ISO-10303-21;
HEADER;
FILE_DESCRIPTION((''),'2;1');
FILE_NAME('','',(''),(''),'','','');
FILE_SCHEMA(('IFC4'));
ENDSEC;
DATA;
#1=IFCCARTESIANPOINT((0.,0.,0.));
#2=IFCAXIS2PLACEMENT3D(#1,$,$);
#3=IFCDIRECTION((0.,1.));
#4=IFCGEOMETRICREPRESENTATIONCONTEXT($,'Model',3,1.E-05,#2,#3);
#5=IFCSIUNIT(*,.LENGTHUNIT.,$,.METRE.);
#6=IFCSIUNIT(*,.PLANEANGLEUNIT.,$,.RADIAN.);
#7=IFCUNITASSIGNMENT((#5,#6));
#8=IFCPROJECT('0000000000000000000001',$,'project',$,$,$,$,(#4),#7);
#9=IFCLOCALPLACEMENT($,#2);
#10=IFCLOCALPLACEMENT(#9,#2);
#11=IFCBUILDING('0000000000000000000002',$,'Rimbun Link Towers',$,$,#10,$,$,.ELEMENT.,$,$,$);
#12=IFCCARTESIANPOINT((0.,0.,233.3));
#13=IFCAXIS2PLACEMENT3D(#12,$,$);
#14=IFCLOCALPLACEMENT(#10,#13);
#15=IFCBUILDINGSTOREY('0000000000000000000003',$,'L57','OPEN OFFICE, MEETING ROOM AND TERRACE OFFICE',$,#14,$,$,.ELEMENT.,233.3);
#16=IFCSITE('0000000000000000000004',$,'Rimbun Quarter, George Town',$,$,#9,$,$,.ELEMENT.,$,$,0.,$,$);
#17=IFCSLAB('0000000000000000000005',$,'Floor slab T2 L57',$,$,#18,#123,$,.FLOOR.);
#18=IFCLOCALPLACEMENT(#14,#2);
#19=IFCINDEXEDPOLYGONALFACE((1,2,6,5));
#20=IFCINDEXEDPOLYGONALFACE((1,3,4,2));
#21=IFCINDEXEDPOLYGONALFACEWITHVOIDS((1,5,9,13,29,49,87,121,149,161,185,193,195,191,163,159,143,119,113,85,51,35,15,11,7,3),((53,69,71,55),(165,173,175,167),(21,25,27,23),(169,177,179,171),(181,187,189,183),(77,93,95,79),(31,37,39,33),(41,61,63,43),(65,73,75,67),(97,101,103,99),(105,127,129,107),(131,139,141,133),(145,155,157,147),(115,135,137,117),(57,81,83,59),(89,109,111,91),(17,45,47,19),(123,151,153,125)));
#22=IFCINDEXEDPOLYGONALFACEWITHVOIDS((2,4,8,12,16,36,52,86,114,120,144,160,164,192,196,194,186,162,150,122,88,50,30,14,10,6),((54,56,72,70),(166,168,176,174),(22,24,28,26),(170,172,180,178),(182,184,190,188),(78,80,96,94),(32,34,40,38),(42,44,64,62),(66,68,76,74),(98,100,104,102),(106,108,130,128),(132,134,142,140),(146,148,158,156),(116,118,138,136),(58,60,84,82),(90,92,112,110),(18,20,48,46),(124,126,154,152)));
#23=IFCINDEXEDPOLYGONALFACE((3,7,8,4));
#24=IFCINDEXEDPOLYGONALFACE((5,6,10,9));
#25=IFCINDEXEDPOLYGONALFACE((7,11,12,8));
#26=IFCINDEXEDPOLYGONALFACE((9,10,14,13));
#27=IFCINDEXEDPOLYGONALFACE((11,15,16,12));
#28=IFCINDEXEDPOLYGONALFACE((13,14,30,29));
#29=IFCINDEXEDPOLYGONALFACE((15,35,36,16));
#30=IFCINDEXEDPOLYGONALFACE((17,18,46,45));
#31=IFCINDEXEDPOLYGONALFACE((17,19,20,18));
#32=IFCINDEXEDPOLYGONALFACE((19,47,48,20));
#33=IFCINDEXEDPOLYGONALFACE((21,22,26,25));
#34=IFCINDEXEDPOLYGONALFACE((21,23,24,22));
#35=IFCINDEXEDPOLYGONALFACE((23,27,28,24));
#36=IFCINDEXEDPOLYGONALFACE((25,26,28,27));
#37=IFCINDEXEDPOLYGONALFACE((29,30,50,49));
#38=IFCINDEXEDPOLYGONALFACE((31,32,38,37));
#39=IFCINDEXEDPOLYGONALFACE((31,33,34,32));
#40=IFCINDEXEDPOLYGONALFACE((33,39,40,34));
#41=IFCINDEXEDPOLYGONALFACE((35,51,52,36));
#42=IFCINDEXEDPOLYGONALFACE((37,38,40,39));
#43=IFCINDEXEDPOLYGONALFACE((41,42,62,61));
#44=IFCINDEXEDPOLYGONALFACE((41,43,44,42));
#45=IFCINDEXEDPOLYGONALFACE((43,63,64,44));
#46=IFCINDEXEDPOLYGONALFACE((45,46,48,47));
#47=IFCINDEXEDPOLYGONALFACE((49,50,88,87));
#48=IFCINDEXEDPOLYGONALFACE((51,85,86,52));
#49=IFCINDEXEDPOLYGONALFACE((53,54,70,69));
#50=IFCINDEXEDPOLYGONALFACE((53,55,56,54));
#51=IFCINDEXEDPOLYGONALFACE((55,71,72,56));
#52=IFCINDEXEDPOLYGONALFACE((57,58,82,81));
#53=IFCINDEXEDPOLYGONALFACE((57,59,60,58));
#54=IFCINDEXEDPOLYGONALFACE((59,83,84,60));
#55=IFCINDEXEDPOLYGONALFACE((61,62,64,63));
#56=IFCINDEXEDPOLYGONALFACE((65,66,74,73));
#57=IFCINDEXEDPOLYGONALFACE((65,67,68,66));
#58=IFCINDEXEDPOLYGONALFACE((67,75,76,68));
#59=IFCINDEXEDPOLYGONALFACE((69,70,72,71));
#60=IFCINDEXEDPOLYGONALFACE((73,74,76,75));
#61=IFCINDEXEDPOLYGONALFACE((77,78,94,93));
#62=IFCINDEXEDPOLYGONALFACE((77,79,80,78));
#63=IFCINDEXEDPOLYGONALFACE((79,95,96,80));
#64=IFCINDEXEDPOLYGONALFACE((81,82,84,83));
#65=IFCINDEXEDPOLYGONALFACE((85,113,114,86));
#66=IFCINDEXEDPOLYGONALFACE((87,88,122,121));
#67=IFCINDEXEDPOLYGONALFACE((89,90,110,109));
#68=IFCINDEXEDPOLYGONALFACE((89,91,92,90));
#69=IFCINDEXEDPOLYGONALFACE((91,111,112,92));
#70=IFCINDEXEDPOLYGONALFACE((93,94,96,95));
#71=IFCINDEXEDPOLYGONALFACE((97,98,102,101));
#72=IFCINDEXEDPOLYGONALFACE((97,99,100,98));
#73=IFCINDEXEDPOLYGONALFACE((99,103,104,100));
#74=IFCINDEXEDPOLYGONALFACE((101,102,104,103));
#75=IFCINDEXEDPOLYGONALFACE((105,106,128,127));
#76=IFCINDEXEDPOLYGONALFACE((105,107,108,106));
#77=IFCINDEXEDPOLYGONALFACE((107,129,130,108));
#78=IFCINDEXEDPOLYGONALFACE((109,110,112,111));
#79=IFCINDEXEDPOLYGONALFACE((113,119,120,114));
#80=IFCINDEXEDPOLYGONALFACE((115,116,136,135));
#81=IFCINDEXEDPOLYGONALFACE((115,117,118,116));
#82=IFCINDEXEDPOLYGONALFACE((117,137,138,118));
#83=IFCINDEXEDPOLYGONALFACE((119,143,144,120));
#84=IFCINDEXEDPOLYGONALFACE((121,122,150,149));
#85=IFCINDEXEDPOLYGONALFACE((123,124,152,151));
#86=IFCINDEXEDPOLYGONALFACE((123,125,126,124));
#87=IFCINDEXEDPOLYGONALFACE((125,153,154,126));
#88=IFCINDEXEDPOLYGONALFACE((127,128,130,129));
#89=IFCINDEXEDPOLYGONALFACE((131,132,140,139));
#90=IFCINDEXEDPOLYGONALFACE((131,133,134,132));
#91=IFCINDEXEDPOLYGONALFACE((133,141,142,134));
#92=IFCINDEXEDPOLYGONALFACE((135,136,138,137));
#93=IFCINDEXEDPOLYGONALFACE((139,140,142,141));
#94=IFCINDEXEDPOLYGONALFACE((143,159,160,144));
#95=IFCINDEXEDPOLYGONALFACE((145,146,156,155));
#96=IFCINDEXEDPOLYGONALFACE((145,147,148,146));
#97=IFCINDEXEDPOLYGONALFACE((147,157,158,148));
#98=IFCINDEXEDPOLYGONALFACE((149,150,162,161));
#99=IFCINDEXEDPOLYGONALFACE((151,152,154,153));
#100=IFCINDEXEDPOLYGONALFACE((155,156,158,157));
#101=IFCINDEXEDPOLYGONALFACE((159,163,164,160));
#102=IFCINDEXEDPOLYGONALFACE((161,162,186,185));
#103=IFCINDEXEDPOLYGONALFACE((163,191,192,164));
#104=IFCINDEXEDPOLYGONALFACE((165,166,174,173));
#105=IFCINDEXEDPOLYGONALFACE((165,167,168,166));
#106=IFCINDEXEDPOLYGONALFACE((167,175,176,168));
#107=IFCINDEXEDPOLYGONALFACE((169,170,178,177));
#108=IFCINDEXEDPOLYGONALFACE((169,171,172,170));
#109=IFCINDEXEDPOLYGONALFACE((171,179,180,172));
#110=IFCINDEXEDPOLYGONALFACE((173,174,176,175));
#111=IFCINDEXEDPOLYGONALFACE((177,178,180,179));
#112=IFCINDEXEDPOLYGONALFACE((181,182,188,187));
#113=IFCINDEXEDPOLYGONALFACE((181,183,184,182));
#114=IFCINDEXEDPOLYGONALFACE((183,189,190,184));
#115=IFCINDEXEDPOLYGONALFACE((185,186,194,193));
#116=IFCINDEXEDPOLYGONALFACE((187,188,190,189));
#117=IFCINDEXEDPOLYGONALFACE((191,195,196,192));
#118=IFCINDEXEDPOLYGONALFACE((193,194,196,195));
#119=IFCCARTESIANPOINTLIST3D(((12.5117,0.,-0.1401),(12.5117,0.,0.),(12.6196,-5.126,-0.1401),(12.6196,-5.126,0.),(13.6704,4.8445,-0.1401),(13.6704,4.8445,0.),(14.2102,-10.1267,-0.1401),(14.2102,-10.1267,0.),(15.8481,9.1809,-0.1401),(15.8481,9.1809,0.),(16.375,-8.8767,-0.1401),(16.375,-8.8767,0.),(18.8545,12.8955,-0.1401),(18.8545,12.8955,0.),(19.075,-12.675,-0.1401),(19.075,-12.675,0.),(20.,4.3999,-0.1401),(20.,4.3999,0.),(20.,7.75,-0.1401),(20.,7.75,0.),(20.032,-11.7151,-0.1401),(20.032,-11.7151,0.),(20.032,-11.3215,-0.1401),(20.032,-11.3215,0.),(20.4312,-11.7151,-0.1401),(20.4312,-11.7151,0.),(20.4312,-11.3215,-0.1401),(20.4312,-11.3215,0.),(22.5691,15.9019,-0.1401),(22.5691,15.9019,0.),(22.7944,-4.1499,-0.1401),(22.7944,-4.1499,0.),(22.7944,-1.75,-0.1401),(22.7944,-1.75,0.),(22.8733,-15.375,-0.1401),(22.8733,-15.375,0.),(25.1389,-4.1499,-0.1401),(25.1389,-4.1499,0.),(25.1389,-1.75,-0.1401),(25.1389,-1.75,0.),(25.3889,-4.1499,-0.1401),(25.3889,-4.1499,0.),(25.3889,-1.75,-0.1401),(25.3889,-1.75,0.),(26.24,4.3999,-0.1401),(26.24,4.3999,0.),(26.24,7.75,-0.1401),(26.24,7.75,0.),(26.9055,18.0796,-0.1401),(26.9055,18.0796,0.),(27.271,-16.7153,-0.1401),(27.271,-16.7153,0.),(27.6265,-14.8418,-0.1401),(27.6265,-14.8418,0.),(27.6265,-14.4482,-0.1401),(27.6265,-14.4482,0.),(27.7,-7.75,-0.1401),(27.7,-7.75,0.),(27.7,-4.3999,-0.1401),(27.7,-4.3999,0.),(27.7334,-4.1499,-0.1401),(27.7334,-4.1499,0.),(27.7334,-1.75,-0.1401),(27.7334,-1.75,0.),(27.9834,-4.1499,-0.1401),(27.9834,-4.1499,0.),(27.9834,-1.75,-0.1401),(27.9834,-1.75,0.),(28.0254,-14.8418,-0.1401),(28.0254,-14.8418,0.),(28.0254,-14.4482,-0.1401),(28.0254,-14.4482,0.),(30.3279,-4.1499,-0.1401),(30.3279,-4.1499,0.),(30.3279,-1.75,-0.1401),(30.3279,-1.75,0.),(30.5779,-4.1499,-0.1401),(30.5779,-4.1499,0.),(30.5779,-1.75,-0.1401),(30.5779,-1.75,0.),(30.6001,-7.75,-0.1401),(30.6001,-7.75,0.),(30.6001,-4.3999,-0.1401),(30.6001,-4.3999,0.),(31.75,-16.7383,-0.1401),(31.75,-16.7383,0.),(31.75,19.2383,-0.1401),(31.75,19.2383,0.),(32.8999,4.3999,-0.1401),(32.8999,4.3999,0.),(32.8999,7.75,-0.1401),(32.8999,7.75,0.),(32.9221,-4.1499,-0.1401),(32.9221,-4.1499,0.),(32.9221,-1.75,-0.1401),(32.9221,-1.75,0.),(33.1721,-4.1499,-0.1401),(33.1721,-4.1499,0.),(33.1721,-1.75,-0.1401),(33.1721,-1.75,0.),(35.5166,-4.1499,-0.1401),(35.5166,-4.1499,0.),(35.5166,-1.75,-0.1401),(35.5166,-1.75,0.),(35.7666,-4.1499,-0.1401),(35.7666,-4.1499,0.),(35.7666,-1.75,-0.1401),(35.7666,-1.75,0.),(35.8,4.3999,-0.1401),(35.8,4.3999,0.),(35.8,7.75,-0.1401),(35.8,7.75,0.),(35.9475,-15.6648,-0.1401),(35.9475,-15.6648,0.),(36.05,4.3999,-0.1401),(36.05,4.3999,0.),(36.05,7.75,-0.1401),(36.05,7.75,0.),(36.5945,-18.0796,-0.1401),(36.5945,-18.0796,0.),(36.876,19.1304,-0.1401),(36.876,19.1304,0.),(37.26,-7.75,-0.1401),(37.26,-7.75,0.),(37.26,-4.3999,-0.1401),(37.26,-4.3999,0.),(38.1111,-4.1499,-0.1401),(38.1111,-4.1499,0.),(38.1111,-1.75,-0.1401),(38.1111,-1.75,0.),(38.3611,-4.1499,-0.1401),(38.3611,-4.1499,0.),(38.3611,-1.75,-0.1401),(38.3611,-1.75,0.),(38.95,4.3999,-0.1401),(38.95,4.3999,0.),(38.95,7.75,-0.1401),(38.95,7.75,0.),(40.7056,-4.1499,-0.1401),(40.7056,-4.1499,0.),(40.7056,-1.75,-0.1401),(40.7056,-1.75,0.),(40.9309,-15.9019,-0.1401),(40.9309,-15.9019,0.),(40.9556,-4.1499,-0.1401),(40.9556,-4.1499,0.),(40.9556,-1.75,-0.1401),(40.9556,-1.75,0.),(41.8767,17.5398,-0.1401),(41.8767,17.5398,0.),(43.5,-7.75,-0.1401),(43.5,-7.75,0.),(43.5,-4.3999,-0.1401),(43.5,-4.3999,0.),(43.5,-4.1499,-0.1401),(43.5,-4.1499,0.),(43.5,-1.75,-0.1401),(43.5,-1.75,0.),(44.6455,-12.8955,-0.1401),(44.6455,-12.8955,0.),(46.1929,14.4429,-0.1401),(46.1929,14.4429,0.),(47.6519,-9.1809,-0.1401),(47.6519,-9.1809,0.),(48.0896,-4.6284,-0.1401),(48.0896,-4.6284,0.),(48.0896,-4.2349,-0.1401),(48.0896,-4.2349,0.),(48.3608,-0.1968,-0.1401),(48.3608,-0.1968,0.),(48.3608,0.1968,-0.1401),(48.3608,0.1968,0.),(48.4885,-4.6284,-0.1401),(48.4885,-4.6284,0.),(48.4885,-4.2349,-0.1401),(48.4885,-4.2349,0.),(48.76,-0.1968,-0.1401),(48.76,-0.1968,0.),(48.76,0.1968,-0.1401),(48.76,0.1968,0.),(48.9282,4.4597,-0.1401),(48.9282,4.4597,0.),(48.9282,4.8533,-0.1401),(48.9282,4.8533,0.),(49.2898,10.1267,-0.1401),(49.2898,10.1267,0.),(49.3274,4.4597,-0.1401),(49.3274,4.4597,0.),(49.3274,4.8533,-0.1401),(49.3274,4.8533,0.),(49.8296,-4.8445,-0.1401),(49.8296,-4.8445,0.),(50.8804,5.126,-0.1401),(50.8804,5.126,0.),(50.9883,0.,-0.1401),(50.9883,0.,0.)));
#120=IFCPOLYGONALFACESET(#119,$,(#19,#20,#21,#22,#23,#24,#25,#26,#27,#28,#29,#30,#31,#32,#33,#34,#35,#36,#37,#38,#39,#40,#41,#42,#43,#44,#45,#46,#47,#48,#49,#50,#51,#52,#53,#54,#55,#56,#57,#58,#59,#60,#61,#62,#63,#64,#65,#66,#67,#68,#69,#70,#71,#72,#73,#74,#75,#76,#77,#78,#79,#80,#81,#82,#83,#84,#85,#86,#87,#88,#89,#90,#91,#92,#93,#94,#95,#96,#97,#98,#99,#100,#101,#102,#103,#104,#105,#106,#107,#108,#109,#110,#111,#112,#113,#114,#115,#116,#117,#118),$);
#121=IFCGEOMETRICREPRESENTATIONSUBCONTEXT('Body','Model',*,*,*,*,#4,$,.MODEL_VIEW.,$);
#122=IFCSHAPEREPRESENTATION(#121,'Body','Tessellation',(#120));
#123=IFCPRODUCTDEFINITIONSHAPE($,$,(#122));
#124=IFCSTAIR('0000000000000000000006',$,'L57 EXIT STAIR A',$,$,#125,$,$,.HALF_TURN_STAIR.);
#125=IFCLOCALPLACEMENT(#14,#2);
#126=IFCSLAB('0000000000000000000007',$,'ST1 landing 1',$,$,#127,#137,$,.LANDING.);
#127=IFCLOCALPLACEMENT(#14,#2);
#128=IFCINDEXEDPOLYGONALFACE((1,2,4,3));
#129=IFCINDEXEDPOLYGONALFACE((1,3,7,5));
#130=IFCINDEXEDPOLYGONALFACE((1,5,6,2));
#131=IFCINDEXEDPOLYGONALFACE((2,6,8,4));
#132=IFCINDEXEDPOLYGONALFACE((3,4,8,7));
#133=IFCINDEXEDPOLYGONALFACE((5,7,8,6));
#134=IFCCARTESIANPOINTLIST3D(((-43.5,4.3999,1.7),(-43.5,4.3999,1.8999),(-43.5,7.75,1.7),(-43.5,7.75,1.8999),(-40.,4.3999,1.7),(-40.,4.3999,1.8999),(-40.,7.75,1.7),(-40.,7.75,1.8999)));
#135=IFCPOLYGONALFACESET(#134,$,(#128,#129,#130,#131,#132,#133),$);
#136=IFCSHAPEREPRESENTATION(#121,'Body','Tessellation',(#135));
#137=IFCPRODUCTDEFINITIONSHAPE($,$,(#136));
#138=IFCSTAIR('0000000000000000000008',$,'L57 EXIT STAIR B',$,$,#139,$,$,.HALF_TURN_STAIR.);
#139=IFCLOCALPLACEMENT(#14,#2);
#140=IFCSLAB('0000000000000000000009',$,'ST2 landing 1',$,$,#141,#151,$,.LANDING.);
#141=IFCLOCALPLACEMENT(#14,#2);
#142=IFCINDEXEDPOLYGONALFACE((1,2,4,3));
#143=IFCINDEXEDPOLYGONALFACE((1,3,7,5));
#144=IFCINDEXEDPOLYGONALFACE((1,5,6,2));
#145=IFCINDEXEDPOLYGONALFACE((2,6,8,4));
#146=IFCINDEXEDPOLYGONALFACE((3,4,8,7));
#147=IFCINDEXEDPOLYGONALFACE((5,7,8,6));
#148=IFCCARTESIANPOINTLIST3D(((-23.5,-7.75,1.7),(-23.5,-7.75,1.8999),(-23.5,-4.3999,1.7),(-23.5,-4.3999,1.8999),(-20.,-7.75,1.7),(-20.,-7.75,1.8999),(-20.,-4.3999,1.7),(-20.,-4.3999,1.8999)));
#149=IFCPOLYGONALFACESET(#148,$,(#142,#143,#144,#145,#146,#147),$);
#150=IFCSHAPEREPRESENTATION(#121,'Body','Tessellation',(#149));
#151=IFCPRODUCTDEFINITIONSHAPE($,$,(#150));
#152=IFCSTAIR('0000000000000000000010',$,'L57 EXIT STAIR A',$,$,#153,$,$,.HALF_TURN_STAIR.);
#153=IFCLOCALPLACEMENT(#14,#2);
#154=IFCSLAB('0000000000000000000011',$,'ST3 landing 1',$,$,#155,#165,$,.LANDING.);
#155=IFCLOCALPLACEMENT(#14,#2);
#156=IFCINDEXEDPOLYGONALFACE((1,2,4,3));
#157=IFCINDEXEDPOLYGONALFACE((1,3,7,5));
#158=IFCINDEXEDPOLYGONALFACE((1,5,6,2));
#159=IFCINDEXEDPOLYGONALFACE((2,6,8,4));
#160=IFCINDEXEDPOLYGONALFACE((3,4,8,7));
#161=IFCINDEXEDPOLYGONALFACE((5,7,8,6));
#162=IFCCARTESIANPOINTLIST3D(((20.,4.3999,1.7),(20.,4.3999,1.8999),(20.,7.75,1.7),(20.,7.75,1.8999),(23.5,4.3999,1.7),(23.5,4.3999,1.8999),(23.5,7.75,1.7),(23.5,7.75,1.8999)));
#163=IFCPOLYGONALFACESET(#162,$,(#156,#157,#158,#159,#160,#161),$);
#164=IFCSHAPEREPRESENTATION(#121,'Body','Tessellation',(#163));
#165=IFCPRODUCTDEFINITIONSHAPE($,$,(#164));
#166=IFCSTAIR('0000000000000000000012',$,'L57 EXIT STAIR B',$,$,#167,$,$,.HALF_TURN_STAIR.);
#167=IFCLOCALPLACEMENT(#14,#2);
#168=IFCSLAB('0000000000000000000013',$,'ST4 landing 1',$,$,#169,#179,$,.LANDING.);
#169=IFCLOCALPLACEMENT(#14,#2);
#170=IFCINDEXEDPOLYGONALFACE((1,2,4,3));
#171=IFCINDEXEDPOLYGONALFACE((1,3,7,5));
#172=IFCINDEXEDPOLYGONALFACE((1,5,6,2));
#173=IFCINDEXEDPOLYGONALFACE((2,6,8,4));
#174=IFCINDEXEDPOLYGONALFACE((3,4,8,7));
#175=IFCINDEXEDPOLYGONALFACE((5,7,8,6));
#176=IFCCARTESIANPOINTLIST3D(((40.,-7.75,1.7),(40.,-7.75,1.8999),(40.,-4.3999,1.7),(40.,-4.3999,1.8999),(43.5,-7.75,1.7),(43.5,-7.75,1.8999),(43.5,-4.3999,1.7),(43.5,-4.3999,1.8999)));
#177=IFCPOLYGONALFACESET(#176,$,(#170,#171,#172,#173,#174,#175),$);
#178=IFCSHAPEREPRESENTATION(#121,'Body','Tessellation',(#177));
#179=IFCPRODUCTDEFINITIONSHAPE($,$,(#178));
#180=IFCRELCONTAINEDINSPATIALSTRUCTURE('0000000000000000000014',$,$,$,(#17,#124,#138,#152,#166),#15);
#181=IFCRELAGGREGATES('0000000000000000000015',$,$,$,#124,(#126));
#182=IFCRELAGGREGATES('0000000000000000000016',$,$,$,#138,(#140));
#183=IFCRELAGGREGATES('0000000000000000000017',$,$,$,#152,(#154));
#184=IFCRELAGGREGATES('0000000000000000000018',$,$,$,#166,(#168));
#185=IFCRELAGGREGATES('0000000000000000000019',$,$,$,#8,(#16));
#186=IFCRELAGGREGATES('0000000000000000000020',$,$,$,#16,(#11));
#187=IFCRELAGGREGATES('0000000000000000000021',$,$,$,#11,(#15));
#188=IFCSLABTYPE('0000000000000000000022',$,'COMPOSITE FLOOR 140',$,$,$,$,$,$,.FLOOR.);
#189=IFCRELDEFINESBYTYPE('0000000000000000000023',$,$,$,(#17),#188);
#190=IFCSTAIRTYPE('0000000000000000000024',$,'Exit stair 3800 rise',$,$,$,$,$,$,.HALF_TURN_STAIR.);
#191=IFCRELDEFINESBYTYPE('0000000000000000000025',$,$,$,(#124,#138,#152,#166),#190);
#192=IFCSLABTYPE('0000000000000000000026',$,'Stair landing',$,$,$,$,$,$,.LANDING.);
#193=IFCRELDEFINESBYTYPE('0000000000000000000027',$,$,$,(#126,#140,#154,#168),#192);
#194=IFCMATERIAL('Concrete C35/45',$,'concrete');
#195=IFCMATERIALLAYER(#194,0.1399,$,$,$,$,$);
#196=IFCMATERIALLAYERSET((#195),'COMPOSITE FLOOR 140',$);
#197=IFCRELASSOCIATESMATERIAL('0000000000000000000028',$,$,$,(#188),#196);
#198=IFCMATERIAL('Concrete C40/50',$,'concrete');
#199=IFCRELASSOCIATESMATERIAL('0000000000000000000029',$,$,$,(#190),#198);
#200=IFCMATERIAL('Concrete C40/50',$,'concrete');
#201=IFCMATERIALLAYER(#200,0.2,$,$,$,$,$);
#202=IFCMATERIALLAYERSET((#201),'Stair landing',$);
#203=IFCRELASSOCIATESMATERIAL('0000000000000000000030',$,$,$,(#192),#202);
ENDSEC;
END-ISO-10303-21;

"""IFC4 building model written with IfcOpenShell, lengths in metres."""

from ifc_helpers import new_model, si_unit, direction, frame, origin, place, context, subcontext, project, spatial, polyline, outline, extrude, material, layer, layer_set, type_object, element, aggregate, save


model = new_model("IFC4")

# Units and contexts
model_context = context("Model", 3, precision=1e-05, world=origin(), true_north=direction((0.0, 1.0)))
body_context = subcontext(model_context, "Body", "Model", "MODEL_VIEW")
ifc_project = project(units=[si_unit("LENGTHUNIT", "METRE"), si_unit("PLANEANGLEUNIT", "RADIAN")], contexts=[model_context])

# Site, building, storey
site_placement = place(None, origin())
site = spatial("IfcSite", under=ifc_project, at=site_placement, Name="Rimbun Quarter, George Town", CompositionType="ELEMENT", RefElevation=0.0)
building_placement = place(site_placement, origin())
building = spatial("IfcBuilding", under=site, at=building_placement, Name="Rimbun Link Towers", CompositionType="ELEMENT")
storey_placement = place(building_placement, frame((0.0, 0.0, 233.3)))
storey = spatial("IfcBuildingStorey", under=building, at=storey_placement, Name="L57", Description="OPEN OFFICE, MEETING ROOM AND TERRACE OFFICE", CompositionType="ELEMENT", Elevation=233.3)

# Slab
ifc_material_1 = material(Name="Concrete C35/45", Category="concrete")
ifc_layer_1 = layer(ifc_material_1, 0.1399)
ifc_layer_set_1 = layer_set([ifc_layer_1], Name="COMPOSITE FLOOR 140")
slab_type_1 = type_object("IfcSlabType", Name="COMPOSITE FLOOR 140", PredefinedType="FLOOR", material=ifc_layer_set_1)
slab_1_placement = place(storey_placement, frame((0.0, 0.0, -0.1401)))
element("IfcSlab", 1, at=slab_1_placement, inside=storey, type_object=slab_type_1, Name="Floor slab T2 L57", PredefinedType="FLOOR", context=body_context, shape_type="SweptSolid", body=[
    extrude(outline(polyline([(12.6196, -5.126), (12.5117, 0.0), (13.6704, 4.8445), (15.8481, 9.1809), (18.8545, 12.8955), (22.5691, 15.9019), (26.9055, 18.0796), (31.75, 19.2383), (36.876, 19.1304), (41.8767, 17.5398), (46.1929, 14.4429), (49.2898, 10.1267), (50.8804, 5.126), (50.9883, 0.0), (49.8296, -4.8445), (47.6519, -9.1809), (44.6455, -12.8955), (40.9309, -15.9019), (36.5945, -18.0796), (35.9475, -15.6648), (31.75, -16.7383), (27.271, -16.7153), (22.8733, -15.375), (19.075, -12.675), (16.375, -8.8767), (14.2102, -10.1267), (12.6196, -5.126)]), holes=[polyline([(28.0254, -14.8418), (28.0254, -14.4482), (27.6265, -14.4482), (27.6265, -14.8418), (28.0254, -14.8418)]), polyline([(20.4312, -11.7151), (20.4312, -11.3215), (20.032, -11.3215), (20.032, -11.7151), (20.4312, -11.7151)]), polyline([(30.6001, -7.75), (30.6001, -4.3999), (27.7, -4.3999), (27.7, -7.75), (30.6001, -7.75)]), polyline([(25.1389, -4.1499), (25.1389, -1.75), (22.7944, -1.75), (22.7944, -4.1499), (25.1389, -4.1499)]), polyline([(27.7334, -4.1499), (27.7334, -1.75), (25.3889, -1.75), (25.3889, -4.1499), (27.7334, -4.1499)]), polyline([(30.3279, -4.1499), (30.3279, -1.75), (27.9834, -1.75), (27.9834, -4.1499), (30.3279, -4.1499)]), polyline([(32.9221, -4.1499), (32.9221, -1.75), (30.5779, -1.75), (30.5779, -4.1499), (32.9221, -4.1499)]), polyline([(33.1721, -4.1499), (35.5166, -4.1499), (35.5166, -1.75), (33.1721, -1.75), (33.1721, -4.1499)]), polyline([(20.0, 4.3999), (26.24, 4.3999), (26.24, 7.75), (20.0, 7.75), (20.0, 4.3999)]), polyline([(43.5, -7.75), (43.5, -4.3999), (37.26, -4.3999), (37.26, -7.75), (43.5, -7.75)]), polyline([(48.4885, -4.6284), (48.4885, -4.2349), (48.0896, -4.2349), (48.0896, -4.6284), (48.4885, -4.6284)]), polyline([(38.1111, -4.1499), (38.1111, -1.75), (35.7666, -1.75), (35.7666, -4.1499), (38.1111, -4.1499)]), polyline([(40.7056, -4.1499), (40.7056, -1.75), (38.3611, -1.75), (38.3611, -4.1499), (40.7056, -4.1499)]), polyline([(43.5, -4.1499), (43.5, -1.75), (40.9556, -1.75), (40.9556, -4.1499), (43.5, -4.1499)]), polyline([(48.76, -0.1968), (48.76, 0.1968), (48.3608, 0.1968), (48.3608, -0.1968), (48.76, -0.1968)]), polyline([(49.3274, 4.4597), (49.3274, 4.8533), (48.9282, 4.8533), (48.9282, 4.4597), (49.3274, 4.4597)]), polyline([(32.8999, 4.3999), (35.8, 4.3999), (35.8, 7.75), (32.8999, 7.75), (32.8999, 4.3999)]), polyline([(36.05, 4.3999), (38.95, 4.3999), (38.95, 7.75), (36.05, 7.75), (36.05, 4.3999)])]), origin(), (0.0, 0.0, 1.0), 0.1401),
])

# Stairs, slabs
ifc_material_2 = material(Name="Concrete C40/50", Category="concrete")
stair_type = type_object("IfcStairType", Name="Exit stair 3800 rise", PredefinedType="HALF_TURN_STAIR", material=ifc_material_2)
stair_1_placement = place(storey_placement, origin())
stair_1 = element("IfcStair", 2, at=stair_1_placement, inside=storey, type_object=stair_type, Name="L57 EXIT STAIR A", PredefinedType="HALF_TURN_STAIR")
ifc_material_3 = material(Name="Concrete C40/50", Category="concrete")
ifc_layer_2 = layer(ifc_material_3, 0.2)
ifc_layer_set_2 = layer_set([ifc_layer_2], Name="Stair landing")
slab_type_2 = type_object("IfcSlabType", Name="Stair landing", PredefinedType="LANDING", material=ifc_layer_set_2)
slab_2_placement = place(storey_placement, frame((0.0, 0.0, 1.7)))
slab_2 = element("IfcSlab", 3, at=slab_2_placement, type_object=slab_type_2, Name="ST1 landing 1", PredefinedType="LANDING", context=body_context, shape_type="SweptSolid", body=[
    extrude(outline(polyline([(-40.0, 7.75), (-43.5, 7.75), (-43.5, 4.3999), (-40.0, 4.3999), (-40.0, 7.75)])), origin(), (0.0, 0.0, 1.0), 0.2),
])
aggregate(stair_1, [slab_2])
stair_2_placement = place(storey_placement, origin())
stair_2 = element("IfcStair", 4, at=stair_2_placement, inside=storey, type_object=stair_type, Name="L57 EXIT STAIR B", PredefinedType="HALF_TURN_STAIR")
slab_3_placement = place(storey_placement, frame((0.0, 0.0, 1.7)))
slab_3 = element("IfcSlab", 5, at=slab_3_placement, type_object=slab_type_2, Name="ST2 landing 1", PredefinedType="LANDING", context=body_context, shape_type="SweptSolid", body=[
    extrude(outline(polyline([(-23.5, -7.75), (-20.0, -7.75), (-20.0, -4.3999), (-23.5, -4.3999), (-23.5, -7.75)])), origin(), (0.0, 0.0, 1.0), 0.2),
])
aggregate(stair_2, [slab_3])
stair_3_placement = place(storey_placement, origin())
stair_3 = element("IfcStair", 6, at=stair_3_placement, inside=storey, type_object=stair_type, Name="L57 EXIT STAIR A", PredefinedType="HALF_TURN_STAIR")
slab_4_placement = place(storey_placement, frame((0.0, 0.0, 1.7)))
slab_4 = element("IfcSlab", 7, at=slab_4_placement, type_object=slab_type_2, Name="ST3 landing 1", PredefinedType="LANDING", context=body_context, shape_type="SweptSolid", body=[
    extrude(outline(polyline([(23.5, 7.75), (20.0, 7.75), (20.0, 4.3999), (23.5, 4.3999), (23.5, 7.75)])), origin(), (0.0, 0.0, 1.0), 0.2),
])
aggregate(stair_3, [slab_4])
stair_4_placement = place(storey_placement, origin())
stair_4 = element("IfcStair", 8, at=stair_4_placement, inside=storey, type_object=stair_type, Name="L57 EXIT STAIR B", PredefinedType="HALF_TURN_STAIR")
slab_5_placement = place(storey_placement, frame((0.0, 0.0, 1.7)))
slab_5 = element("IfcSlab", 9, at=slab_5_placement, type_object=slab_type_2, Name="ST4 landing 1", PredefinedType="LANDING", context=body_context, shape_type="SweptSolid", body=[
    extrude(outline(polyline([(40.0, -7.75), (43.5, -7.75), (43.5, -4.3999), (40.0, -4.3999), (40.0, -7.75)])), origin(), (0.0, 0.0, 1.0), 0.2),
])
aggregate(stair_4, [slab_5])

save(model, "model.ifc")
